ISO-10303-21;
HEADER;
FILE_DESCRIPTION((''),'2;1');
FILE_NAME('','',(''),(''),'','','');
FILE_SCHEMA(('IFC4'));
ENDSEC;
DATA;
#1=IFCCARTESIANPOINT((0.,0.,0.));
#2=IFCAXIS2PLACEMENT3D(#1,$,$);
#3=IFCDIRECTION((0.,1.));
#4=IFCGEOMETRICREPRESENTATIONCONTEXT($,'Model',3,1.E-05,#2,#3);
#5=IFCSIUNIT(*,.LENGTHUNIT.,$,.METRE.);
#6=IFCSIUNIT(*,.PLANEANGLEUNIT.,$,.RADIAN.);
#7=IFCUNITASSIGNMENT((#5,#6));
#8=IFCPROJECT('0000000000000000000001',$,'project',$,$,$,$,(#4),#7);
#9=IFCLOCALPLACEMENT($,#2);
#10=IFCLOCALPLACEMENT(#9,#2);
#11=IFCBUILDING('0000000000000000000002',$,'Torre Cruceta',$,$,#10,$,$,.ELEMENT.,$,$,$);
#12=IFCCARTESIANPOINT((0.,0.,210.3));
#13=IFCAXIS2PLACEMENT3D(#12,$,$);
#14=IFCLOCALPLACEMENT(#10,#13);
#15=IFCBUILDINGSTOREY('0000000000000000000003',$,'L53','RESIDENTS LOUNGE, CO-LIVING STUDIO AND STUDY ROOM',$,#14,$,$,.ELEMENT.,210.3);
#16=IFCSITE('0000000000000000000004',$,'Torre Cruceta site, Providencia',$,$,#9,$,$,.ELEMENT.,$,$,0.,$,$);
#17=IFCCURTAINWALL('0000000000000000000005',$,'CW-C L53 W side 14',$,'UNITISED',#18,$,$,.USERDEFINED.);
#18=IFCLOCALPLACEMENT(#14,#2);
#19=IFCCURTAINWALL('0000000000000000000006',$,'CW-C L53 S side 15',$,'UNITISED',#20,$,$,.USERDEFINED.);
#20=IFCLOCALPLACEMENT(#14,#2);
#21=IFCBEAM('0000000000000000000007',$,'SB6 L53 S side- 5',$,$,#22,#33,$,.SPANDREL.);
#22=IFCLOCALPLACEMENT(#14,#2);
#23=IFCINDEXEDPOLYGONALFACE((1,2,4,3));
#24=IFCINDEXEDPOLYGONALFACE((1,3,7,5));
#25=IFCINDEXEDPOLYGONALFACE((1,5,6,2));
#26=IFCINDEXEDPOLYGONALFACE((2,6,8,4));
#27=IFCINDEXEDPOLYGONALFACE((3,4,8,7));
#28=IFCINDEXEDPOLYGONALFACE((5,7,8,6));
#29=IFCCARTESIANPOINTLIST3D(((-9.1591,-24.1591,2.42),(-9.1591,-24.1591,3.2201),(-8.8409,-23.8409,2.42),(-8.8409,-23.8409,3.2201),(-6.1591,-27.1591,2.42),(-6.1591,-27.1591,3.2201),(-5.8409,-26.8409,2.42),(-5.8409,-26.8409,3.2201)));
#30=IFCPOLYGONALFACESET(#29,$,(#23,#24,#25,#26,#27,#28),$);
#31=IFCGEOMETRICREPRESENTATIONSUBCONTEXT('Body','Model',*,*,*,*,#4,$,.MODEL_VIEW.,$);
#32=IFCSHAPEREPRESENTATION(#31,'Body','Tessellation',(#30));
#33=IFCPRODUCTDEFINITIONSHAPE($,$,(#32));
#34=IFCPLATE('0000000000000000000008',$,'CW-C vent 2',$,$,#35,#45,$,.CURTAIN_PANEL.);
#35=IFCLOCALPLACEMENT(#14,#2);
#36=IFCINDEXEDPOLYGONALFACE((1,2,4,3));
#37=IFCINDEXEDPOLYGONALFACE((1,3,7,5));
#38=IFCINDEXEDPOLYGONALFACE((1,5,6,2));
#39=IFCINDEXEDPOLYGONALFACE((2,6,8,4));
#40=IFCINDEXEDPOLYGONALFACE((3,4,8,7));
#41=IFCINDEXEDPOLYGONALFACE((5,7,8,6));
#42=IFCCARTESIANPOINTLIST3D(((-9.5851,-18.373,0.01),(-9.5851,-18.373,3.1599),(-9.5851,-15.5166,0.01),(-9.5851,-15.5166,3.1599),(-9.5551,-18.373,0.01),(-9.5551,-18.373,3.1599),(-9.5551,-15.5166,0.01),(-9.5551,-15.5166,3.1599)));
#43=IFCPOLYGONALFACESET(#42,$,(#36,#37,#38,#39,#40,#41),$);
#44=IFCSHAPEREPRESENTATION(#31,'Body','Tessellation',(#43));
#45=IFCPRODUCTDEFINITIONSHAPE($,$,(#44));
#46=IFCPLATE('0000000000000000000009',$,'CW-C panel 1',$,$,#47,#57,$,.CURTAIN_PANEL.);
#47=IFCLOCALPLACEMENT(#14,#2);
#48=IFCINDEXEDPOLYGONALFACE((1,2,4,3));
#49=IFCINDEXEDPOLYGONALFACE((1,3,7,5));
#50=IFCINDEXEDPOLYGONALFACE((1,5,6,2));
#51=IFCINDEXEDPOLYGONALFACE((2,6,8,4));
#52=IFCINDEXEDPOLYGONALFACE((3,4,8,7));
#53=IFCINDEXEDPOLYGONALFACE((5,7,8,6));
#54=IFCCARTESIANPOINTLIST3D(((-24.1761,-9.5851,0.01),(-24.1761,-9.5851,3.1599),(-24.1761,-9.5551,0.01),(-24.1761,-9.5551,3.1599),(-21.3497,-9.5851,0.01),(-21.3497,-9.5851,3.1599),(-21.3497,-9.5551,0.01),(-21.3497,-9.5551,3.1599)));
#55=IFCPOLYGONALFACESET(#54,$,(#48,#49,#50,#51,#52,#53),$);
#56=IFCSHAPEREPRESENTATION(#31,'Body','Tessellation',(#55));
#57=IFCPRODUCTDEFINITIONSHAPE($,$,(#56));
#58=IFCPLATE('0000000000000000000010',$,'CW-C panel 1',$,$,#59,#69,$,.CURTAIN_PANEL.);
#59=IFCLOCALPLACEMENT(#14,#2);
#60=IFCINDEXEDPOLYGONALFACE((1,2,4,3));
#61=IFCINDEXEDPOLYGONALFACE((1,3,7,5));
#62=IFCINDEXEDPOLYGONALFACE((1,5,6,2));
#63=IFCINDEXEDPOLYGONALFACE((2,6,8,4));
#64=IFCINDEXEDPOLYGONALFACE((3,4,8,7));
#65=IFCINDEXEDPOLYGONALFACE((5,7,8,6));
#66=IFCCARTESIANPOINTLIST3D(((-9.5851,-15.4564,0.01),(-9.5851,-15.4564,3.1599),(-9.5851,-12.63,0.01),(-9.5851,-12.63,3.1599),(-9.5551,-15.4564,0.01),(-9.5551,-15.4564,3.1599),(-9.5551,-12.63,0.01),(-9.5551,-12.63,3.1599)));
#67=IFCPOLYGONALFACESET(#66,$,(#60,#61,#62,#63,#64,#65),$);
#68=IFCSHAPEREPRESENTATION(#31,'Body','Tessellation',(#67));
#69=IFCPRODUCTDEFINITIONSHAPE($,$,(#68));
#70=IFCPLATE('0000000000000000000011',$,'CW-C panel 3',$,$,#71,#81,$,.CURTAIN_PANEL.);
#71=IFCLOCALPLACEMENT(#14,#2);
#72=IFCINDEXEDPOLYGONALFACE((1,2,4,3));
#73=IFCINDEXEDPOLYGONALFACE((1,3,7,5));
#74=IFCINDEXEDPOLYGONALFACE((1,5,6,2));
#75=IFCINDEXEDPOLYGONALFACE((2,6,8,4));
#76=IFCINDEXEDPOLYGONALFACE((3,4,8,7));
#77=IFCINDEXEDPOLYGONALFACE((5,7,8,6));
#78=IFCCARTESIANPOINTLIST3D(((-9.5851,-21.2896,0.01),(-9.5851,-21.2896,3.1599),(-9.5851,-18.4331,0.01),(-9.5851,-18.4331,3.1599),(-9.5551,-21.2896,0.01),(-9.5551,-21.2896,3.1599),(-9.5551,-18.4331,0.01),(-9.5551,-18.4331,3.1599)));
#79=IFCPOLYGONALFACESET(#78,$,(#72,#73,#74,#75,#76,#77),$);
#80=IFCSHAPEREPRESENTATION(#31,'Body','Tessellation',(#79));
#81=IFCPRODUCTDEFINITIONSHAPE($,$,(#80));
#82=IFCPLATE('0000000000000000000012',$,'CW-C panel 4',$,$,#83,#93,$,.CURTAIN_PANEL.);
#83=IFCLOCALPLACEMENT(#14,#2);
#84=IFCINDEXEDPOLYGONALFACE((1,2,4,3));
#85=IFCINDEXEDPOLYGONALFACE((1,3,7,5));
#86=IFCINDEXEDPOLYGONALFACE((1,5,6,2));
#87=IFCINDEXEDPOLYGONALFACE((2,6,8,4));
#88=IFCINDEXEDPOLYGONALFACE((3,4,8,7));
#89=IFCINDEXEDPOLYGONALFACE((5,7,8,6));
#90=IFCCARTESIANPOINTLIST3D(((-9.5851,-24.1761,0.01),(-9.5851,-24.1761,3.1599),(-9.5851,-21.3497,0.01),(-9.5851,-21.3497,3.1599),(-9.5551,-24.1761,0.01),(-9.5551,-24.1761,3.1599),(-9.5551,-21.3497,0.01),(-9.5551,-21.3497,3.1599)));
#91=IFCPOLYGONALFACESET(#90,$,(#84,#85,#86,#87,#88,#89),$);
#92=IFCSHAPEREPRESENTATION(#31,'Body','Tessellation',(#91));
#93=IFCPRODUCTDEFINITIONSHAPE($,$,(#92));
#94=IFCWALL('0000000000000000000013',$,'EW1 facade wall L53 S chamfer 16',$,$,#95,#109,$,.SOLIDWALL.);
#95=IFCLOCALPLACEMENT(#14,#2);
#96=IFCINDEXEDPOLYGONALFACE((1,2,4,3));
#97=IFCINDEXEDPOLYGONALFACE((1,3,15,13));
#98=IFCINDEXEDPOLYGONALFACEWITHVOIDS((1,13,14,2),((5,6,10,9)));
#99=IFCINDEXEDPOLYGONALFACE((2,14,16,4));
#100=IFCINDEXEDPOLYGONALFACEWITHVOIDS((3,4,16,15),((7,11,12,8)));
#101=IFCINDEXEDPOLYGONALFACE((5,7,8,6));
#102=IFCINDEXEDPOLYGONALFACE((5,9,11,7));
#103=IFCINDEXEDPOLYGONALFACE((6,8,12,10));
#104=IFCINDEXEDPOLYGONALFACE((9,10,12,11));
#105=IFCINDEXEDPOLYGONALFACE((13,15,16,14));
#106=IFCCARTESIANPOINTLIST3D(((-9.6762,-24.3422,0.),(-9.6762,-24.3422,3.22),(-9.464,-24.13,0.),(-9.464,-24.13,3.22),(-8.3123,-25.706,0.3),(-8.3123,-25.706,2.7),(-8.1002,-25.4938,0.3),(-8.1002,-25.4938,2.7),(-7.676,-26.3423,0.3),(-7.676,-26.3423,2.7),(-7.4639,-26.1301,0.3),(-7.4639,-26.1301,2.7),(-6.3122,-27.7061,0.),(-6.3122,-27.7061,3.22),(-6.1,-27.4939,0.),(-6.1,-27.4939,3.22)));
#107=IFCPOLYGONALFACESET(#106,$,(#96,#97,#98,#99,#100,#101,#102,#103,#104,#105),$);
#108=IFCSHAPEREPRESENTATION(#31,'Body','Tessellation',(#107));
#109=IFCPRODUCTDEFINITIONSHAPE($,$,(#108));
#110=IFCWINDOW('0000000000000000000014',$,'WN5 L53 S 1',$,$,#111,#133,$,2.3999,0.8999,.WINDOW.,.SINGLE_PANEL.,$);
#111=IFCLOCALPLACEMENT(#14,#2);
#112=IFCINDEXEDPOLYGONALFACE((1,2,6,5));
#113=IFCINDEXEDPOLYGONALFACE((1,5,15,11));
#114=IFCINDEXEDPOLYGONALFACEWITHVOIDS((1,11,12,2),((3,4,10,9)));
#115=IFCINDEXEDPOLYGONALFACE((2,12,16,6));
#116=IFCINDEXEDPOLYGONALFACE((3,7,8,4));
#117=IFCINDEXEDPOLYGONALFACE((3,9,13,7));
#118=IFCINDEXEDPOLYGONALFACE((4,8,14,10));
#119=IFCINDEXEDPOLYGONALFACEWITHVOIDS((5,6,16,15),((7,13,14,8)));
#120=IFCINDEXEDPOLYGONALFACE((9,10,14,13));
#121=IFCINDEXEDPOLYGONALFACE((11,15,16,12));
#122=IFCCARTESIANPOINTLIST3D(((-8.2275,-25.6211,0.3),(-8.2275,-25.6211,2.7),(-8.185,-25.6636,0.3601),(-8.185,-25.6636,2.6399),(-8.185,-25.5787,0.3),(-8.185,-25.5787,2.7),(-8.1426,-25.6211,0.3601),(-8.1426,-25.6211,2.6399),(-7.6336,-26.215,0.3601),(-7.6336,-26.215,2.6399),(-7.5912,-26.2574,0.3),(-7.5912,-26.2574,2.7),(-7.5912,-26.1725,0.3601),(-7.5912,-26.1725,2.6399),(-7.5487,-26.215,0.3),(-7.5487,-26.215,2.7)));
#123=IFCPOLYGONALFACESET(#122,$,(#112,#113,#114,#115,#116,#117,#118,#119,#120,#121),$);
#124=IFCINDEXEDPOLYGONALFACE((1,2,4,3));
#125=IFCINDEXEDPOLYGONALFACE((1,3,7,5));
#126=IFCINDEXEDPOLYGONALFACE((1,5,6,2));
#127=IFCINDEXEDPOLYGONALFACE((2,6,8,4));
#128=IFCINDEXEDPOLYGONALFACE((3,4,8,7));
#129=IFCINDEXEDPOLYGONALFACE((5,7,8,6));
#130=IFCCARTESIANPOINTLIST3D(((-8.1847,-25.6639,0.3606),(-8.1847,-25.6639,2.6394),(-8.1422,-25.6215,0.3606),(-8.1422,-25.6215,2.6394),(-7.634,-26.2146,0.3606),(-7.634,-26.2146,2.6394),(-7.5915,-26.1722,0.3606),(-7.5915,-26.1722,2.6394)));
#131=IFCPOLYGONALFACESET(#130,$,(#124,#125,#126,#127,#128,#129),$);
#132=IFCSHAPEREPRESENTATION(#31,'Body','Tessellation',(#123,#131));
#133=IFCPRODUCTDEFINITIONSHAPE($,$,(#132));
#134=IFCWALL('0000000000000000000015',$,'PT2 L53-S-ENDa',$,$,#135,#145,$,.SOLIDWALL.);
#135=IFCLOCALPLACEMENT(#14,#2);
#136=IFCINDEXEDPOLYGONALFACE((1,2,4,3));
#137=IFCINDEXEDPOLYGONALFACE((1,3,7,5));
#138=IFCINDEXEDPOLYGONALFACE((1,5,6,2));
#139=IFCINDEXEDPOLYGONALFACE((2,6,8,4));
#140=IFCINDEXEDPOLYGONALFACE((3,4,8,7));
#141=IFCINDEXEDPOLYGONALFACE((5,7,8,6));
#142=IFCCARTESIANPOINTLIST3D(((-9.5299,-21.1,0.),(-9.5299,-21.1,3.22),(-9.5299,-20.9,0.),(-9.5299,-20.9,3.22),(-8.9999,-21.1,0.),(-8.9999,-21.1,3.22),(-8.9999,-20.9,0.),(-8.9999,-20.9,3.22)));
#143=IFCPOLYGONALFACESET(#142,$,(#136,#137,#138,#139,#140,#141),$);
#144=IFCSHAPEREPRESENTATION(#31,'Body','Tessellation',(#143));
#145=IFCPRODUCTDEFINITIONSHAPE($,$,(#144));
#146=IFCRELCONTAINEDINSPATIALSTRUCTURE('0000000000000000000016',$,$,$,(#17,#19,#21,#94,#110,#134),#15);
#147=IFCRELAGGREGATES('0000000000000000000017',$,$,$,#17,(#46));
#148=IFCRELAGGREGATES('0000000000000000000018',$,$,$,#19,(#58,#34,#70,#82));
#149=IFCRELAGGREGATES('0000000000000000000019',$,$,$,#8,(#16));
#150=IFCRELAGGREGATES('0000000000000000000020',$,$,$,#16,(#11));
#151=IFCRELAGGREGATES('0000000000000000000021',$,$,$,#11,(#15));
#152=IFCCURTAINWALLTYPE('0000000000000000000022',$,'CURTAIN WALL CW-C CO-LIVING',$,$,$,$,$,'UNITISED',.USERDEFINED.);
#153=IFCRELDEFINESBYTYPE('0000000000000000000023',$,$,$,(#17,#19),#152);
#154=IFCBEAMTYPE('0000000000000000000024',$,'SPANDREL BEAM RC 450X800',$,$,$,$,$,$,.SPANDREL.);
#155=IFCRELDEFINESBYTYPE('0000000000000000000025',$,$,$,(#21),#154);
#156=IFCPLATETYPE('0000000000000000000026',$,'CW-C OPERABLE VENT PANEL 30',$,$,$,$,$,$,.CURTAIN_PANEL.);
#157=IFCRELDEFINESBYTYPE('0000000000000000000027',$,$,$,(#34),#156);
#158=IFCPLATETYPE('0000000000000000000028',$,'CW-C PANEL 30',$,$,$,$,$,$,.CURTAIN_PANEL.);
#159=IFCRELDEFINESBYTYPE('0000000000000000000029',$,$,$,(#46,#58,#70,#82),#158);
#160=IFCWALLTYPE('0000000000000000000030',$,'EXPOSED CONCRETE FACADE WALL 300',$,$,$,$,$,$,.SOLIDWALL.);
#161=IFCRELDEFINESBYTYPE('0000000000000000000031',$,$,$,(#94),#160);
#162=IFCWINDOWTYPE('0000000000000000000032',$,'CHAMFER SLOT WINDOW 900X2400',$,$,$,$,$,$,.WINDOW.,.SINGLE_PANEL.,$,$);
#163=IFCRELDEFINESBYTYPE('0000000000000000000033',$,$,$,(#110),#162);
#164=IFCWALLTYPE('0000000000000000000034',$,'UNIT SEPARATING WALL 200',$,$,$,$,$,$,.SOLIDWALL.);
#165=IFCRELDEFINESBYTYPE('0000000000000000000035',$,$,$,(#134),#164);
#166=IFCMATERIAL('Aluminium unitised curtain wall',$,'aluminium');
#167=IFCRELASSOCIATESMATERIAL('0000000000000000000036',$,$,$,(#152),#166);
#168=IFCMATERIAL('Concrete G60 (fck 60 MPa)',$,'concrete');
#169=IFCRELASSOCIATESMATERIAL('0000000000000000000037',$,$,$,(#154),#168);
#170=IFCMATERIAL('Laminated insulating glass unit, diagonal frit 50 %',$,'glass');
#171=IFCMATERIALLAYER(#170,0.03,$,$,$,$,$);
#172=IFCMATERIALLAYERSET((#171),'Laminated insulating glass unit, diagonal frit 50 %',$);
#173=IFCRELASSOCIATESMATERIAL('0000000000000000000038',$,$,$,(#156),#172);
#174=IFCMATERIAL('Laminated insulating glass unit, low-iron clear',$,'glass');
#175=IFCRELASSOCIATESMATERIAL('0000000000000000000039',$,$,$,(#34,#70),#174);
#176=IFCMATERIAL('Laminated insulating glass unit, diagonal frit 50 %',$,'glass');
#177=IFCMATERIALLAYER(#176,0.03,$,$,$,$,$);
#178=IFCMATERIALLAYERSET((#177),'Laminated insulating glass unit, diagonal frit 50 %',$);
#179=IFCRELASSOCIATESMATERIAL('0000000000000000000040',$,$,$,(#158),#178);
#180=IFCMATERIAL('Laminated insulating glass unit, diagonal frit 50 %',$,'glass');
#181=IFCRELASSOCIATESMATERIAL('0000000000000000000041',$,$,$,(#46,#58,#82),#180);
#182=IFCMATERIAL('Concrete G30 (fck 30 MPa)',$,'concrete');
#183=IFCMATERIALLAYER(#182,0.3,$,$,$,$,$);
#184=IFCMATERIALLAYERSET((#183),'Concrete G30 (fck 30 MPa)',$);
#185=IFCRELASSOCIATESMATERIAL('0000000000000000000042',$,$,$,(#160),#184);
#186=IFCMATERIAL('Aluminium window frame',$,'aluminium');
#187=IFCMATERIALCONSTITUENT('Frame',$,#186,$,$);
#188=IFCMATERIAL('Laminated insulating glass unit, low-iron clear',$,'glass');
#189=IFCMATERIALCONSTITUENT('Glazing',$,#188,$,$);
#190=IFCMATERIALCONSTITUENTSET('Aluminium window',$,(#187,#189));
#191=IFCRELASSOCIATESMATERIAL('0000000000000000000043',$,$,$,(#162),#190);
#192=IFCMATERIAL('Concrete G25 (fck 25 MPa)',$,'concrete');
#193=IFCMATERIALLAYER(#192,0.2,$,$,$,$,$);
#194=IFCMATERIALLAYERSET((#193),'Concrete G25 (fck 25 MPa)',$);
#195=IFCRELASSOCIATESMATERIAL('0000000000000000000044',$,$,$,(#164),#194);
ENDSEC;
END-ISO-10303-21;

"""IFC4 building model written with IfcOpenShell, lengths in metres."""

from ifc_helpers import new_model, si_unit, direction, frame, frame_2d, origin, origin_2d, place, context, subcontext, project, spatial, rectangle, hollow_rectangle, extrude, material, layer, layer_set, constituent, constituent_set, material_profile, profile_set, type_object, element, fill, aggregate, save


model = new_model("IFC4")

# Units and contexts
model_context = context("Model", 3, precision=1e-05, world=origin(), true_north=direction((0.0, 1.0)))
body_context = subcontext(model_context, "Body", "Model", "MODEL_VIEW")
ifc_project = project(units=[si_unit("LENGTHUNIT", "METRE"), si_unit("PLANEANGLEUNIT", "RADIAN")], contexts=[model_context])

# Site, building, storey
site_placement = place(None, origin())
site = spatial("IfcSite", under=ifc_project, at=site_placement, Name="Torre Cruceta site, Providencia", CompositionType="ELEMENT", RefElevation=0.0)
building_placement = place(site_placement, origin())
building = spatial("IfcBuilding", under=site, at=building_placement, Name="Torre Cruceta", CompositionType="ELEMENT")
storey_placement = place(building_placement, frame((0.0, 0.0, 210.3)))
storey = spatial("IfcBuildingStorey", under=building, at=storey_placement, Name="L53", Description="RESIDENTS LOUNGE, CO-LIVING STUDIO AND STUDY ROOM", CompositionType="ELEMENT", Elevation=210.3)

# Curtain wall
ifc_material_1 = material(Name="Aluminium unitised curtain wall", Category="aluminium")
curtain_wall_type = type_object("IfcCurtainWallType", Name="CURTAIN WALL CW-C CO-LIVING", ElementType="UNITISED", PredefinedType="USERDEFINED", material=ifc_material_1)
curtain_wall_1_placement = place(storey_placement, origin())
curtain_wall_1 = element("IfcCurtainWall", 1, at=curtain_wall_1_placement, inside=storey, type_object=curtain_wall_type, Name="CW-C L53 W side 14", ObjectType="UNITISED", PredefinedType="USERDEFINED")

# Curtain wall
curtain_wall_2_placement = place(storey_placement, origin())
curtain_wall_2 = element("IfcCurtainWall", 2, at=curtain_wall_2_placement, inside=storey, type_object=curtain_wall_type, Name="CW-C L53 S side 15", ObjectType="UNITISED", PredefinedType="USERDEFINED")

# Beam
ifc_material_2 = material(Name="Concrete G60 (fck 60 MPa)", Category="concrete")
ifc_material_profile_1 = material_profile(ifc_material_2, rectangle(XDim=0.45, YDim=0.8, at=origin_2d()), Name="RC 450X800")
ifc_profile_set_1 = profile_set([ifc_material_profile_1], Name="Concrete G60 (fck 60 MPa)")
beam_type_1 = type_object("IfcBeamType", Name="SPANDREL BEAM RC 450X800", PredefinedType="SPANDREL", material=ifc_profile_set_1)
beam_1_placement = place(storey_placement, frame((-9.0, -24.0, 2.8201), z_axis=(0.707107, -0.707107, 0.0), x_axis=(0.707107, 0.707107, 0.0)))
element("IfcBeam", 3, at=beam_1_placement, inside=storey, type_object=beam_type_1, Name="SB6 L53 S side- 5", PredefinedType="SPANDREL", context=body_context, shape_type="SweptSolid", body=[
    extrude(rectangle(XDim=0.45, YDim=0.8, at=origin_2d()), origin(), (0.0, 0.0, 1.0), 4.2427),
])

# Plates
ifc_material_3 = material(Name="Laminated insulating glass unit, low-iron clear", Category="glass")
ifc_material_4 = material(Name="Laminated insulating glass unit, diagonal frit 50 %", Category="glass")
ifc_layer_1 = layer(ifc_material_4, 0.03)
ifc_layer_set_1 = layer_set([ifc_layer_1], Name="Laminated insulating glass unit, diagonal frit 50 %")
plate_type_1 = type_object("IfcPlateType", Name="CW-C OPERABLE VENT PANEL 30", PredefinedType="CURTAIN_PANEL", material=ifc_layer_set_1)
plate_1_placement = place(storey_placement, frame((-9.5701, -16.9448, 0.01), z_axis=(0.0, 0.0, 1.0), x_axis=(0.0, -1.0, 0.0)))
plate_1 = element("IfcPlate", 4, at=plate_1_placement, type_object=plate_type_1, material=ifc_material_3, Name="CW-C vent 2", PredefinedType="CURTAIN_PANEL", context=body_context, shape_type="SweptSolid", body=[
    extrude(rectangle(XDim=2.8564, YDim=0.03, at=origin_2d()), origin(), (0.0, 0.0, 1.0), 3.1499),
])
ifc_material_5 = material(Name="Laminated insulating glass unit, diagonal frit 50 %", Category="glass")
ifc_material_6 = material(Name="Laminated insulating glass unit, diagonal frit 50 %", Category="glass")
ifc_layer_2 = layer(ifc_material_6, 0.03)
ifc_layer_set_2 = layer_set([ifc_layer_2], Name="Laminated insulating glass unit, diagonal frit 50 %")
plate_type_2 = type_object("IfcPlateType", Name="CW-C PANEL 30", PredefinedType="CURTAIN_PANEL", material=ifc_layer_set_2)
plate_2_placement = place(storey_placement, frame((-22.7629, -9.5701, 0.01), z_axis=(0.0, 0.0, 1.0), x_axis=(1.0, 0.0, 0.0)))
plate_2 = element("IfcPlate", 5, at=plate_2_placement, type_object=plate_type_2, material=ifc_material_5, Name="CW-C panel 1", PredefinedType="CURTAIN_PANEL", context=body_context, shape_type="SweptSolid", body=[
    extrude(rectangle(XDim=2.8264, YDim=0.03, at=origin_2d()), origin(), (0.0, 0.0, 1.0), 3.1499),
])
aggregate(curtain_wall_1, [plate_2])
plate_3_placement = place(storey_placement, frame((-9.5701, -14.0432, 0.01), z_axis=(0.0, 0.0, 1.0), x_axis=(0.0, -1.0, 0.0)))
plate_3 = element("IfcPlate", 6, at=plate_3_placement, type_object=plate_type_2, material=ifc_material_5, Name="CW-C panel 1", PredefinedType="CURTAIN_PANEL", context=body_context, shape_type="SweptSolid", body=[
    extrude(rectangle(XDim=2.8264, YDim=0.03, at=origin_2d()), origin(), (0.0, 0.0, 1.0), 3.1499),
])
plate_4_placement = place(storey_placement, frame((-9.5701, -19.8613, 0.01), z_axis=(0.0, 0.0, 1.0), x_axis=(0.0, -1.0, 0.0)))
plate_4 = element("IfcPlate", 7, at=plate_4_placement, type_object=plate_type_2, material=ifc_material_3, Name="CW-C panel 3", PredefinedType="CURTAIN_PANEL", context=body_context, shape_type="SweptSolid", body=[
    extrude(rectangle(XDim=2.8564, YDim=0.03, at=origin_2d()), origin(), (0.0, 0.0, 1.0), 3.1499),
])
plate_5_placement = place(storey_placement, frame((-9.5701, -22.7629, 0.01), z_axis=(0.0, 0.0, 1.0), x_axis=(0.0, -1.0, 0.0)))
plate_5 = element("IfcPlate", 8, at=plate_5_placement, type_object=plate_type_2, material=ifc_material_5, Name="CW-C panel 4", PredefinedType="CURTAIN_PANEL", context=body_context, shape_type="SweptSolid", body=[
    extrude(rectangle(XDim=2.8264, YDim=0.03, at=origin_2d()), origin(), (0.0, 0.0, 1.0), 3.1499),
])
aggregate(curtain_wall_2, [plate_3, plate_1, plate_4, plate_5])

# Wall, opening, window
ifc_material_7 = material(Name="Concrete G30 (fck 30 MPa)", Category="concrete")
ifc_layer_3 = layer(ifc_material_7, 0.3)
ifc_layer_set_3 = layer_set([ifc_layer_3], Name="Concrete G30 (fck 30 MPa)")
wall_type_1 = type_object("IfcWallType", Name="EXPOSED CONCRETE FACADE WALL 300", PredefinedType="SOLIDWALL", material=ifc_layer_set_3)
wall_1_placement = place(storey_placement, frame((-9.5701, -24.2361, 0.0), z_axis=(0.0, 0.0, 1.0), x_axis=(0.707107, -0.707107, 0.0)))
wall_1 = element("IfcWall", 9, at=wall_1_placement, inside=storey, type_object=wall_type_1, Name="EW1 facade wall L53 S chamfer 16", PredefinedType="SOLIDWALL", context=body_context, shape_type="SweptSolid", body=[
    extrude(rectangle(XDim=4.7573, YDim=0.3, at=frame_2d((2.3787, 0.0))), origin(), (0.0, 0.0, 1.0), 3.22),
])
opening_placement = place(wall_1_placement, frame((1.9287, 0.0, 0.3)))
opening = element("IfcOpeningElement", 10, at=opening_placement, cuts=wall_1, PredefinedType="OPENING", context=body_context, shape_type="SweptSolid", body=[
    extrude(rectangle(XDim=0.8999, YDim=2.3999, at=frame_2d((0.45, 1.2))), frame((0.0, 0.1599, 0.0), z_axis=(0.0, -1.0, 0.0), x_axis=(1.0, 0.0, 0.0)), (0.0, 0.0, 1.0), 0.3201),
])
ifc_material_8 = material(Name="Aluminium window frame", Category="aluminium")
ifc_constituent_1 = constituent(ifc_material_8, Name="Frame")
ifc_material_9 = material(Name="Laminated insulating glass unit, low-iron clear", Category="glass")
ifc_constituent_2 = constituent(ifc_material_9, Name="Glazing")
ifc_constituent_set_1 = constituent_set(constituents=[ifc_constituent_1, ifc_constituent_2], Name="Aluminium window")
window_type = type_object("IfcWindowType", Name="CHAMFER SLOT WINDOW 900X2400", PartitioningType="SINGLE_PANEL", PredefinedType="WINDOW", material=ifc_constituent_set_1)
window_placement = place(opening_placement, origin())
window = element("IfcWindow", 11, at=window_placement, inside=storey, type_object=window_type, Name="WN5 L53 S 1", OverallHeight=2.3999, OverallWidth=0.8999, PartitioningType="SINGLE_PANEL", PredefinedType="WINDOW", context=body_context, shape_type="SweptSolid", body=[
    extrude(hollow_rectangle(XDim=0.8999, YDim=2.3999, WallThickness=0.0601, at=frame_2d((0.45, 1.2))), frame((0.0, 0.03, 0.0), z_axis=(0.0, -1.0, 0.0), x_axis=(1.0, 0.0, 0.0)), (0.0, 0.0, 1.0), 0.0601),
    extrude(rectangle(XDim=0.7788, YDim=2.2788, at=frame_2d((0.45, 1.2))), frame((0.0, 0.03, 0.0), z_axis=(0.0, -1.0, 0.0), x_axis=(1.0, 0.0, 0.0)), (0.0, 0.0, 1.0), 0.0601),
])
fill(opening, window)

# Wall
ifc_material_10 = material(Name="Concrete G25 (fck 25 MPa)", Category="concrete")
ifc_layer_4 = layer(ifc_material_10, 0.2)
ifc_layer_set_4 = layer_set([ifc_layer_4], Name="Concrete G25 (fck 25 MPa)")
wall_type_2 = type_object("IfcWallType", Name="UNIT SEPARATING WALL 200", PredefinedType="SOLIDWALL", material=ifc_layer_set_4)
wall_2_placement = place(storey_placement, frame((-9.53, -21.0, 0.0), z_axis=(0.0, 0.0, 1.0), x_axis=(1.0, 0.0, 0.0)))
element("IfcWall", 12, at=wall_2_placement, inside=storey, type_object=wall_type_2, Name="PT2 L53-S-ENDa", PredefinedType="SOLIDWALL", context=body_context, shape_type="SweptSolid", body=[
    extrude(rectangle(XDim=0.53, YDim=0.2, at=frame_2d((0.2651, 0.0))), origin(), (0.0, 0.0, 1.0), 3.22),
])

save(model, "model.ifc")
